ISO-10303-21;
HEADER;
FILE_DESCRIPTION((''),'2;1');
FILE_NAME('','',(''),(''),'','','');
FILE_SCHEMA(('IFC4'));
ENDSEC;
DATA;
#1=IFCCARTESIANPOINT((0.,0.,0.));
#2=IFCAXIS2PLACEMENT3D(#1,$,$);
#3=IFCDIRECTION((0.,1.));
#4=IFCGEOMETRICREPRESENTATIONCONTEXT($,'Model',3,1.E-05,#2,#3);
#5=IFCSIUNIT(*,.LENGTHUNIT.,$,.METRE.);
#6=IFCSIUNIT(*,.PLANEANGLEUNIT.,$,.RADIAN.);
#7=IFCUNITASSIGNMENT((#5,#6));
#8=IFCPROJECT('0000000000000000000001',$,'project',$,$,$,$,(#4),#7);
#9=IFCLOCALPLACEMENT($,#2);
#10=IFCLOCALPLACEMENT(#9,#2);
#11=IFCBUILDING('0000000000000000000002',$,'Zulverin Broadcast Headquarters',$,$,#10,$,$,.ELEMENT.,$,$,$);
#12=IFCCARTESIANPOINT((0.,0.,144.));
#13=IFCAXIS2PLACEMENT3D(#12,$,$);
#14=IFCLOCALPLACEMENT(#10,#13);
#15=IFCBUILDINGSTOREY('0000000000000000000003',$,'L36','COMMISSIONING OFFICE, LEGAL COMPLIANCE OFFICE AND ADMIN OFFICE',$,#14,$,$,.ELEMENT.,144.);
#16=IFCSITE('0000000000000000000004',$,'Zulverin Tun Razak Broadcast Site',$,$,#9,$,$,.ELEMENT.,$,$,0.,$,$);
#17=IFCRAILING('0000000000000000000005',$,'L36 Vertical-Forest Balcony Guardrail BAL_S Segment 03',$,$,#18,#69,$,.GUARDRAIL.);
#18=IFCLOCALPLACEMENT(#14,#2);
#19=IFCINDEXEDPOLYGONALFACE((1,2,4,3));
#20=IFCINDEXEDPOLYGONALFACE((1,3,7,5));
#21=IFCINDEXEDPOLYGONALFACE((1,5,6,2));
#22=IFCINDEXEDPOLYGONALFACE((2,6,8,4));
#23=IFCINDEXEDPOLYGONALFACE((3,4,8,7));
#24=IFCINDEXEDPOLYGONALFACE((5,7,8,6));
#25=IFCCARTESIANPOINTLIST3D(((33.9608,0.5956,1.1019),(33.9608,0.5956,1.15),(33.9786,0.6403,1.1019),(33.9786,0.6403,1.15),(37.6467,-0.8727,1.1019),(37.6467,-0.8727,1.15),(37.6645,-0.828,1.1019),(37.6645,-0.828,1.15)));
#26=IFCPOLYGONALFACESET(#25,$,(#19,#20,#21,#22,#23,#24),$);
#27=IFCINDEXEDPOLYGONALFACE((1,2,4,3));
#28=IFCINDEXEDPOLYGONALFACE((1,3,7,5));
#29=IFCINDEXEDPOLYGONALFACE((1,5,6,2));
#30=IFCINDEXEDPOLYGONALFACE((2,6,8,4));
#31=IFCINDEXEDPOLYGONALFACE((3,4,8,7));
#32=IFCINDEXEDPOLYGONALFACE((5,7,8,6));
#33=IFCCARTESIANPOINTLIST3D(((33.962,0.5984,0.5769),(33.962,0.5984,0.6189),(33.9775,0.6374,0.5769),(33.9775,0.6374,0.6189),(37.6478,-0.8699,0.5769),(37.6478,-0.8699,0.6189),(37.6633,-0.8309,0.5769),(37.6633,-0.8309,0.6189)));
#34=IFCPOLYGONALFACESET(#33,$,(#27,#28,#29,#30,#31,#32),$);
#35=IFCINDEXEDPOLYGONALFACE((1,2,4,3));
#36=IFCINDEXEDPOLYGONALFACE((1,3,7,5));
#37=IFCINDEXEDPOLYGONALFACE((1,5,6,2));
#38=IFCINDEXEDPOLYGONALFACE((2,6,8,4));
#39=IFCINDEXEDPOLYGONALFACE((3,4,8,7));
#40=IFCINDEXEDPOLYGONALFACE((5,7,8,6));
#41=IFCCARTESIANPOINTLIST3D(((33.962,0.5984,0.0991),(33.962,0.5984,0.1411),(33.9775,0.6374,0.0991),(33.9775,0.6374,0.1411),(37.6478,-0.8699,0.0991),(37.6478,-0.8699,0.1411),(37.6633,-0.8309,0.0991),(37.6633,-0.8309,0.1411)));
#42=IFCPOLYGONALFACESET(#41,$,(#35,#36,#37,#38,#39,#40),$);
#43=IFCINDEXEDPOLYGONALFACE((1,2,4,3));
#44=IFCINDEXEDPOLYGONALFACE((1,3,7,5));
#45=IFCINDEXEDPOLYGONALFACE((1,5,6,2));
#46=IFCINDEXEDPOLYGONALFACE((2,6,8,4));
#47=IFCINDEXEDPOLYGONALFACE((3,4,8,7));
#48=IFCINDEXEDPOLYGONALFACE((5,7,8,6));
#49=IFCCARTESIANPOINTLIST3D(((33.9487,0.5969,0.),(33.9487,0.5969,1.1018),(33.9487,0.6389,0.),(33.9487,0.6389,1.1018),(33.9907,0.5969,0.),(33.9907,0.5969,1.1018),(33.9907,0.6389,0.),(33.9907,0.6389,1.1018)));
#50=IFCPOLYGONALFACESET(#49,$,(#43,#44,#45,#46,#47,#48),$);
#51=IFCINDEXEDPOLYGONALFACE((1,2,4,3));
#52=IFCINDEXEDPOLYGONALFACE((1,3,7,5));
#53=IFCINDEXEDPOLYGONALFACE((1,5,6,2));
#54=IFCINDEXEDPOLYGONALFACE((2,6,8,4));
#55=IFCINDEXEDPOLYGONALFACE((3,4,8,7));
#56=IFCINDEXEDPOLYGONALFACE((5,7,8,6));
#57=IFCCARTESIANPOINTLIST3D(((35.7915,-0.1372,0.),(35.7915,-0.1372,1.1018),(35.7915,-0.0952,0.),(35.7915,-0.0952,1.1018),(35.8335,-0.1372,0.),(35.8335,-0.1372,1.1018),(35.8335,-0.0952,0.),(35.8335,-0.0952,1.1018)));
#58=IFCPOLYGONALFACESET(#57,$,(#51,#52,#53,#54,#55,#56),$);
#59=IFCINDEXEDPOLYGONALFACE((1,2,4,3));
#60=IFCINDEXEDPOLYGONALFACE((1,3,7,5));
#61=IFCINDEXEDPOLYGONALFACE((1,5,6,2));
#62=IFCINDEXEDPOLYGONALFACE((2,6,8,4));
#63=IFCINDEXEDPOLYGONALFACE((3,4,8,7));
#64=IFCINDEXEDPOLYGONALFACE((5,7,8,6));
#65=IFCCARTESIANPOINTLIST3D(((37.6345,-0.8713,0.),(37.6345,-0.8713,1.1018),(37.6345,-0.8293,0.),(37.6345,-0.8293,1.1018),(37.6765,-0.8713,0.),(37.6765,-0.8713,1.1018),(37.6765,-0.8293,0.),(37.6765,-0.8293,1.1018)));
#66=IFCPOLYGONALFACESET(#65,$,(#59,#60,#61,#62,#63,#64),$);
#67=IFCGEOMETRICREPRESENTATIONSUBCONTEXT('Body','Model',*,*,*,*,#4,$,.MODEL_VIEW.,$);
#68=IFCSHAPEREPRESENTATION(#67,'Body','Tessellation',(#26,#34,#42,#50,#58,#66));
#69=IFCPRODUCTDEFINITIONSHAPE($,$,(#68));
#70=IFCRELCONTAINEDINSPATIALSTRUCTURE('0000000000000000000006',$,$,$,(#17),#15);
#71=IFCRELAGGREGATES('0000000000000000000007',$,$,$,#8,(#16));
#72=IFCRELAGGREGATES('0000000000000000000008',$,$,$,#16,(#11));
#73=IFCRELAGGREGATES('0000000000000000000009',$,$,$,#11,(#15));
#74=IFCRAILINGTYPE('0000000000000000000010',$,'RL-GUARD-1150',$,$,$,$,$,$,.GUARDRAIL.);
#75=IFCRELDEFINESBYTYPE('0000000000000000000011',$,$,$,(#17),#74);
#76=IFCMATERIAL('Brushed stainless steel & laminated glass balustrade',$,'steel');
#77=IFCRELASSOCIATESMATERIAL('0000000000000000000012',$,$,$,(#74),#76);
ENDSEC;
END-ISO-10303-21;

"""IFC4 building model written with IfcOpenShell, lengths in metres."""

from ifc_helpers import new_model, si_unit, direction, frame, origin, origin_2d, place, context, subcontext, project, spatial, rectangle, extrude, material, type_object, element, save


model = new_model("IFC4")

# Units and contexts
model_context = context("Model", 3, precision=1e-05, world=origin(), true_north=direction((0.0, 1.0)))
body_context = subcontext(model_context, "Body", "Model", "MODEL_VIEW")
ifc_project = project(units=[si_unit("LENGTHUNIT", "METRE"), si_unit("PLANEANGLEUNIT", "RADIAN")], contexts=[model_context])

# Site, building, storey
site_placement = place(None, origin())
site = spatial("IfcSite", under=ifc_project, at=site_placement, Name="Zulverin Tun Razak Broadcast Site", CompositionType="ELEMENT", RefElevation=0.0)
building_placement = place(site_placement, origin())
building = spatial("IfcBuilding", under=site, at=building_placement, Name="Zulverin Broadcast Headquarters", CompositionType="ELEMENT")
storey_placement = place(building_placement, frame((0.0, 0.0, 144.0)))
storey = spatial("IfcBuildingStorey", under=building, at=storey_placement, Name="L36", Description="COMMISSIONING OFFICE, LEGAL COMPLIANCE OFFICE AND ADMIN OFFICE", CompositionType="ELEMENT", Elevation=144.0)

# Railing
ifc_material_1 = material(Name="Brushed stainless steel & laminated glass balustrade", Category="steel")
railing_type = type_object("IfcRailingType", Name="RL-GUARD-1150", PredefinedType="GUARDRAIL", material=ifc_material_1)
railing_1_placement = place(storey_placement, frame((33.9697, 0.6179, 0.0)))
element("IfcRailing", 1, at=railing_1_placement, inside=storey, type_object=railing_type, Name="L36 Vertical-Forest Balcony Guardrail BAL_S Segment 03", PredefinedType="GUARDRAIL", context=body_context, shape_type="SweptSolid", body=[
    extrude(rectangle(XDim=0.0481, YDim=0.0481, at=origin_2d()), frame((0.0, 0.0, 1.126), z_axis=(0.929002, -0.370075, 0.0), x_axis=(0.370075, 0.929002, 0.0)), (0.0, 0.0, 1.0), 3.9675),
    extrude(rectangle(XDim=0.042, YDim=0.042, at=origin_2d()), frame((0.0, 0.0, 0.5979), z_axis=(0.929002, -0.370075, 0.0), x_axis=(0.370075, 0.929002, 0.0)), (0.0, 0.0, 1.0), 3.9675),
    extrude(rectangle(XDim=0.042, YDim=0.042, at=origin_2d()), frame((0.0, 0.0, 0.1201), z_axis=(0.929002, -0.370075, 0.0), x_axis=(0.370075, 0.929002, 0.0)), (0.0, 0.0, 1.0), 3.9675),
    extrude(rectangle(XDim=0.042, YDim=0.042, at=origin_2d()), origin(), (0.0, 0.0, 1.0), 1.1018),
    extrude(rectangle(XDim=0.042, YDim=0.042, at=origin_2d()), frame((1.8428, -0.7341, 0.0)), (0.0, 0.0, 1.0), 1.1018),
    extrude(rectangle(XDim=0.042, YDim=0.042, at=origin_2d()), frame((3.6858, -1.4683, 0.0)), (0.0, 0.0, 1.0), 1.1018),
])

save(model, "model.ifc")
